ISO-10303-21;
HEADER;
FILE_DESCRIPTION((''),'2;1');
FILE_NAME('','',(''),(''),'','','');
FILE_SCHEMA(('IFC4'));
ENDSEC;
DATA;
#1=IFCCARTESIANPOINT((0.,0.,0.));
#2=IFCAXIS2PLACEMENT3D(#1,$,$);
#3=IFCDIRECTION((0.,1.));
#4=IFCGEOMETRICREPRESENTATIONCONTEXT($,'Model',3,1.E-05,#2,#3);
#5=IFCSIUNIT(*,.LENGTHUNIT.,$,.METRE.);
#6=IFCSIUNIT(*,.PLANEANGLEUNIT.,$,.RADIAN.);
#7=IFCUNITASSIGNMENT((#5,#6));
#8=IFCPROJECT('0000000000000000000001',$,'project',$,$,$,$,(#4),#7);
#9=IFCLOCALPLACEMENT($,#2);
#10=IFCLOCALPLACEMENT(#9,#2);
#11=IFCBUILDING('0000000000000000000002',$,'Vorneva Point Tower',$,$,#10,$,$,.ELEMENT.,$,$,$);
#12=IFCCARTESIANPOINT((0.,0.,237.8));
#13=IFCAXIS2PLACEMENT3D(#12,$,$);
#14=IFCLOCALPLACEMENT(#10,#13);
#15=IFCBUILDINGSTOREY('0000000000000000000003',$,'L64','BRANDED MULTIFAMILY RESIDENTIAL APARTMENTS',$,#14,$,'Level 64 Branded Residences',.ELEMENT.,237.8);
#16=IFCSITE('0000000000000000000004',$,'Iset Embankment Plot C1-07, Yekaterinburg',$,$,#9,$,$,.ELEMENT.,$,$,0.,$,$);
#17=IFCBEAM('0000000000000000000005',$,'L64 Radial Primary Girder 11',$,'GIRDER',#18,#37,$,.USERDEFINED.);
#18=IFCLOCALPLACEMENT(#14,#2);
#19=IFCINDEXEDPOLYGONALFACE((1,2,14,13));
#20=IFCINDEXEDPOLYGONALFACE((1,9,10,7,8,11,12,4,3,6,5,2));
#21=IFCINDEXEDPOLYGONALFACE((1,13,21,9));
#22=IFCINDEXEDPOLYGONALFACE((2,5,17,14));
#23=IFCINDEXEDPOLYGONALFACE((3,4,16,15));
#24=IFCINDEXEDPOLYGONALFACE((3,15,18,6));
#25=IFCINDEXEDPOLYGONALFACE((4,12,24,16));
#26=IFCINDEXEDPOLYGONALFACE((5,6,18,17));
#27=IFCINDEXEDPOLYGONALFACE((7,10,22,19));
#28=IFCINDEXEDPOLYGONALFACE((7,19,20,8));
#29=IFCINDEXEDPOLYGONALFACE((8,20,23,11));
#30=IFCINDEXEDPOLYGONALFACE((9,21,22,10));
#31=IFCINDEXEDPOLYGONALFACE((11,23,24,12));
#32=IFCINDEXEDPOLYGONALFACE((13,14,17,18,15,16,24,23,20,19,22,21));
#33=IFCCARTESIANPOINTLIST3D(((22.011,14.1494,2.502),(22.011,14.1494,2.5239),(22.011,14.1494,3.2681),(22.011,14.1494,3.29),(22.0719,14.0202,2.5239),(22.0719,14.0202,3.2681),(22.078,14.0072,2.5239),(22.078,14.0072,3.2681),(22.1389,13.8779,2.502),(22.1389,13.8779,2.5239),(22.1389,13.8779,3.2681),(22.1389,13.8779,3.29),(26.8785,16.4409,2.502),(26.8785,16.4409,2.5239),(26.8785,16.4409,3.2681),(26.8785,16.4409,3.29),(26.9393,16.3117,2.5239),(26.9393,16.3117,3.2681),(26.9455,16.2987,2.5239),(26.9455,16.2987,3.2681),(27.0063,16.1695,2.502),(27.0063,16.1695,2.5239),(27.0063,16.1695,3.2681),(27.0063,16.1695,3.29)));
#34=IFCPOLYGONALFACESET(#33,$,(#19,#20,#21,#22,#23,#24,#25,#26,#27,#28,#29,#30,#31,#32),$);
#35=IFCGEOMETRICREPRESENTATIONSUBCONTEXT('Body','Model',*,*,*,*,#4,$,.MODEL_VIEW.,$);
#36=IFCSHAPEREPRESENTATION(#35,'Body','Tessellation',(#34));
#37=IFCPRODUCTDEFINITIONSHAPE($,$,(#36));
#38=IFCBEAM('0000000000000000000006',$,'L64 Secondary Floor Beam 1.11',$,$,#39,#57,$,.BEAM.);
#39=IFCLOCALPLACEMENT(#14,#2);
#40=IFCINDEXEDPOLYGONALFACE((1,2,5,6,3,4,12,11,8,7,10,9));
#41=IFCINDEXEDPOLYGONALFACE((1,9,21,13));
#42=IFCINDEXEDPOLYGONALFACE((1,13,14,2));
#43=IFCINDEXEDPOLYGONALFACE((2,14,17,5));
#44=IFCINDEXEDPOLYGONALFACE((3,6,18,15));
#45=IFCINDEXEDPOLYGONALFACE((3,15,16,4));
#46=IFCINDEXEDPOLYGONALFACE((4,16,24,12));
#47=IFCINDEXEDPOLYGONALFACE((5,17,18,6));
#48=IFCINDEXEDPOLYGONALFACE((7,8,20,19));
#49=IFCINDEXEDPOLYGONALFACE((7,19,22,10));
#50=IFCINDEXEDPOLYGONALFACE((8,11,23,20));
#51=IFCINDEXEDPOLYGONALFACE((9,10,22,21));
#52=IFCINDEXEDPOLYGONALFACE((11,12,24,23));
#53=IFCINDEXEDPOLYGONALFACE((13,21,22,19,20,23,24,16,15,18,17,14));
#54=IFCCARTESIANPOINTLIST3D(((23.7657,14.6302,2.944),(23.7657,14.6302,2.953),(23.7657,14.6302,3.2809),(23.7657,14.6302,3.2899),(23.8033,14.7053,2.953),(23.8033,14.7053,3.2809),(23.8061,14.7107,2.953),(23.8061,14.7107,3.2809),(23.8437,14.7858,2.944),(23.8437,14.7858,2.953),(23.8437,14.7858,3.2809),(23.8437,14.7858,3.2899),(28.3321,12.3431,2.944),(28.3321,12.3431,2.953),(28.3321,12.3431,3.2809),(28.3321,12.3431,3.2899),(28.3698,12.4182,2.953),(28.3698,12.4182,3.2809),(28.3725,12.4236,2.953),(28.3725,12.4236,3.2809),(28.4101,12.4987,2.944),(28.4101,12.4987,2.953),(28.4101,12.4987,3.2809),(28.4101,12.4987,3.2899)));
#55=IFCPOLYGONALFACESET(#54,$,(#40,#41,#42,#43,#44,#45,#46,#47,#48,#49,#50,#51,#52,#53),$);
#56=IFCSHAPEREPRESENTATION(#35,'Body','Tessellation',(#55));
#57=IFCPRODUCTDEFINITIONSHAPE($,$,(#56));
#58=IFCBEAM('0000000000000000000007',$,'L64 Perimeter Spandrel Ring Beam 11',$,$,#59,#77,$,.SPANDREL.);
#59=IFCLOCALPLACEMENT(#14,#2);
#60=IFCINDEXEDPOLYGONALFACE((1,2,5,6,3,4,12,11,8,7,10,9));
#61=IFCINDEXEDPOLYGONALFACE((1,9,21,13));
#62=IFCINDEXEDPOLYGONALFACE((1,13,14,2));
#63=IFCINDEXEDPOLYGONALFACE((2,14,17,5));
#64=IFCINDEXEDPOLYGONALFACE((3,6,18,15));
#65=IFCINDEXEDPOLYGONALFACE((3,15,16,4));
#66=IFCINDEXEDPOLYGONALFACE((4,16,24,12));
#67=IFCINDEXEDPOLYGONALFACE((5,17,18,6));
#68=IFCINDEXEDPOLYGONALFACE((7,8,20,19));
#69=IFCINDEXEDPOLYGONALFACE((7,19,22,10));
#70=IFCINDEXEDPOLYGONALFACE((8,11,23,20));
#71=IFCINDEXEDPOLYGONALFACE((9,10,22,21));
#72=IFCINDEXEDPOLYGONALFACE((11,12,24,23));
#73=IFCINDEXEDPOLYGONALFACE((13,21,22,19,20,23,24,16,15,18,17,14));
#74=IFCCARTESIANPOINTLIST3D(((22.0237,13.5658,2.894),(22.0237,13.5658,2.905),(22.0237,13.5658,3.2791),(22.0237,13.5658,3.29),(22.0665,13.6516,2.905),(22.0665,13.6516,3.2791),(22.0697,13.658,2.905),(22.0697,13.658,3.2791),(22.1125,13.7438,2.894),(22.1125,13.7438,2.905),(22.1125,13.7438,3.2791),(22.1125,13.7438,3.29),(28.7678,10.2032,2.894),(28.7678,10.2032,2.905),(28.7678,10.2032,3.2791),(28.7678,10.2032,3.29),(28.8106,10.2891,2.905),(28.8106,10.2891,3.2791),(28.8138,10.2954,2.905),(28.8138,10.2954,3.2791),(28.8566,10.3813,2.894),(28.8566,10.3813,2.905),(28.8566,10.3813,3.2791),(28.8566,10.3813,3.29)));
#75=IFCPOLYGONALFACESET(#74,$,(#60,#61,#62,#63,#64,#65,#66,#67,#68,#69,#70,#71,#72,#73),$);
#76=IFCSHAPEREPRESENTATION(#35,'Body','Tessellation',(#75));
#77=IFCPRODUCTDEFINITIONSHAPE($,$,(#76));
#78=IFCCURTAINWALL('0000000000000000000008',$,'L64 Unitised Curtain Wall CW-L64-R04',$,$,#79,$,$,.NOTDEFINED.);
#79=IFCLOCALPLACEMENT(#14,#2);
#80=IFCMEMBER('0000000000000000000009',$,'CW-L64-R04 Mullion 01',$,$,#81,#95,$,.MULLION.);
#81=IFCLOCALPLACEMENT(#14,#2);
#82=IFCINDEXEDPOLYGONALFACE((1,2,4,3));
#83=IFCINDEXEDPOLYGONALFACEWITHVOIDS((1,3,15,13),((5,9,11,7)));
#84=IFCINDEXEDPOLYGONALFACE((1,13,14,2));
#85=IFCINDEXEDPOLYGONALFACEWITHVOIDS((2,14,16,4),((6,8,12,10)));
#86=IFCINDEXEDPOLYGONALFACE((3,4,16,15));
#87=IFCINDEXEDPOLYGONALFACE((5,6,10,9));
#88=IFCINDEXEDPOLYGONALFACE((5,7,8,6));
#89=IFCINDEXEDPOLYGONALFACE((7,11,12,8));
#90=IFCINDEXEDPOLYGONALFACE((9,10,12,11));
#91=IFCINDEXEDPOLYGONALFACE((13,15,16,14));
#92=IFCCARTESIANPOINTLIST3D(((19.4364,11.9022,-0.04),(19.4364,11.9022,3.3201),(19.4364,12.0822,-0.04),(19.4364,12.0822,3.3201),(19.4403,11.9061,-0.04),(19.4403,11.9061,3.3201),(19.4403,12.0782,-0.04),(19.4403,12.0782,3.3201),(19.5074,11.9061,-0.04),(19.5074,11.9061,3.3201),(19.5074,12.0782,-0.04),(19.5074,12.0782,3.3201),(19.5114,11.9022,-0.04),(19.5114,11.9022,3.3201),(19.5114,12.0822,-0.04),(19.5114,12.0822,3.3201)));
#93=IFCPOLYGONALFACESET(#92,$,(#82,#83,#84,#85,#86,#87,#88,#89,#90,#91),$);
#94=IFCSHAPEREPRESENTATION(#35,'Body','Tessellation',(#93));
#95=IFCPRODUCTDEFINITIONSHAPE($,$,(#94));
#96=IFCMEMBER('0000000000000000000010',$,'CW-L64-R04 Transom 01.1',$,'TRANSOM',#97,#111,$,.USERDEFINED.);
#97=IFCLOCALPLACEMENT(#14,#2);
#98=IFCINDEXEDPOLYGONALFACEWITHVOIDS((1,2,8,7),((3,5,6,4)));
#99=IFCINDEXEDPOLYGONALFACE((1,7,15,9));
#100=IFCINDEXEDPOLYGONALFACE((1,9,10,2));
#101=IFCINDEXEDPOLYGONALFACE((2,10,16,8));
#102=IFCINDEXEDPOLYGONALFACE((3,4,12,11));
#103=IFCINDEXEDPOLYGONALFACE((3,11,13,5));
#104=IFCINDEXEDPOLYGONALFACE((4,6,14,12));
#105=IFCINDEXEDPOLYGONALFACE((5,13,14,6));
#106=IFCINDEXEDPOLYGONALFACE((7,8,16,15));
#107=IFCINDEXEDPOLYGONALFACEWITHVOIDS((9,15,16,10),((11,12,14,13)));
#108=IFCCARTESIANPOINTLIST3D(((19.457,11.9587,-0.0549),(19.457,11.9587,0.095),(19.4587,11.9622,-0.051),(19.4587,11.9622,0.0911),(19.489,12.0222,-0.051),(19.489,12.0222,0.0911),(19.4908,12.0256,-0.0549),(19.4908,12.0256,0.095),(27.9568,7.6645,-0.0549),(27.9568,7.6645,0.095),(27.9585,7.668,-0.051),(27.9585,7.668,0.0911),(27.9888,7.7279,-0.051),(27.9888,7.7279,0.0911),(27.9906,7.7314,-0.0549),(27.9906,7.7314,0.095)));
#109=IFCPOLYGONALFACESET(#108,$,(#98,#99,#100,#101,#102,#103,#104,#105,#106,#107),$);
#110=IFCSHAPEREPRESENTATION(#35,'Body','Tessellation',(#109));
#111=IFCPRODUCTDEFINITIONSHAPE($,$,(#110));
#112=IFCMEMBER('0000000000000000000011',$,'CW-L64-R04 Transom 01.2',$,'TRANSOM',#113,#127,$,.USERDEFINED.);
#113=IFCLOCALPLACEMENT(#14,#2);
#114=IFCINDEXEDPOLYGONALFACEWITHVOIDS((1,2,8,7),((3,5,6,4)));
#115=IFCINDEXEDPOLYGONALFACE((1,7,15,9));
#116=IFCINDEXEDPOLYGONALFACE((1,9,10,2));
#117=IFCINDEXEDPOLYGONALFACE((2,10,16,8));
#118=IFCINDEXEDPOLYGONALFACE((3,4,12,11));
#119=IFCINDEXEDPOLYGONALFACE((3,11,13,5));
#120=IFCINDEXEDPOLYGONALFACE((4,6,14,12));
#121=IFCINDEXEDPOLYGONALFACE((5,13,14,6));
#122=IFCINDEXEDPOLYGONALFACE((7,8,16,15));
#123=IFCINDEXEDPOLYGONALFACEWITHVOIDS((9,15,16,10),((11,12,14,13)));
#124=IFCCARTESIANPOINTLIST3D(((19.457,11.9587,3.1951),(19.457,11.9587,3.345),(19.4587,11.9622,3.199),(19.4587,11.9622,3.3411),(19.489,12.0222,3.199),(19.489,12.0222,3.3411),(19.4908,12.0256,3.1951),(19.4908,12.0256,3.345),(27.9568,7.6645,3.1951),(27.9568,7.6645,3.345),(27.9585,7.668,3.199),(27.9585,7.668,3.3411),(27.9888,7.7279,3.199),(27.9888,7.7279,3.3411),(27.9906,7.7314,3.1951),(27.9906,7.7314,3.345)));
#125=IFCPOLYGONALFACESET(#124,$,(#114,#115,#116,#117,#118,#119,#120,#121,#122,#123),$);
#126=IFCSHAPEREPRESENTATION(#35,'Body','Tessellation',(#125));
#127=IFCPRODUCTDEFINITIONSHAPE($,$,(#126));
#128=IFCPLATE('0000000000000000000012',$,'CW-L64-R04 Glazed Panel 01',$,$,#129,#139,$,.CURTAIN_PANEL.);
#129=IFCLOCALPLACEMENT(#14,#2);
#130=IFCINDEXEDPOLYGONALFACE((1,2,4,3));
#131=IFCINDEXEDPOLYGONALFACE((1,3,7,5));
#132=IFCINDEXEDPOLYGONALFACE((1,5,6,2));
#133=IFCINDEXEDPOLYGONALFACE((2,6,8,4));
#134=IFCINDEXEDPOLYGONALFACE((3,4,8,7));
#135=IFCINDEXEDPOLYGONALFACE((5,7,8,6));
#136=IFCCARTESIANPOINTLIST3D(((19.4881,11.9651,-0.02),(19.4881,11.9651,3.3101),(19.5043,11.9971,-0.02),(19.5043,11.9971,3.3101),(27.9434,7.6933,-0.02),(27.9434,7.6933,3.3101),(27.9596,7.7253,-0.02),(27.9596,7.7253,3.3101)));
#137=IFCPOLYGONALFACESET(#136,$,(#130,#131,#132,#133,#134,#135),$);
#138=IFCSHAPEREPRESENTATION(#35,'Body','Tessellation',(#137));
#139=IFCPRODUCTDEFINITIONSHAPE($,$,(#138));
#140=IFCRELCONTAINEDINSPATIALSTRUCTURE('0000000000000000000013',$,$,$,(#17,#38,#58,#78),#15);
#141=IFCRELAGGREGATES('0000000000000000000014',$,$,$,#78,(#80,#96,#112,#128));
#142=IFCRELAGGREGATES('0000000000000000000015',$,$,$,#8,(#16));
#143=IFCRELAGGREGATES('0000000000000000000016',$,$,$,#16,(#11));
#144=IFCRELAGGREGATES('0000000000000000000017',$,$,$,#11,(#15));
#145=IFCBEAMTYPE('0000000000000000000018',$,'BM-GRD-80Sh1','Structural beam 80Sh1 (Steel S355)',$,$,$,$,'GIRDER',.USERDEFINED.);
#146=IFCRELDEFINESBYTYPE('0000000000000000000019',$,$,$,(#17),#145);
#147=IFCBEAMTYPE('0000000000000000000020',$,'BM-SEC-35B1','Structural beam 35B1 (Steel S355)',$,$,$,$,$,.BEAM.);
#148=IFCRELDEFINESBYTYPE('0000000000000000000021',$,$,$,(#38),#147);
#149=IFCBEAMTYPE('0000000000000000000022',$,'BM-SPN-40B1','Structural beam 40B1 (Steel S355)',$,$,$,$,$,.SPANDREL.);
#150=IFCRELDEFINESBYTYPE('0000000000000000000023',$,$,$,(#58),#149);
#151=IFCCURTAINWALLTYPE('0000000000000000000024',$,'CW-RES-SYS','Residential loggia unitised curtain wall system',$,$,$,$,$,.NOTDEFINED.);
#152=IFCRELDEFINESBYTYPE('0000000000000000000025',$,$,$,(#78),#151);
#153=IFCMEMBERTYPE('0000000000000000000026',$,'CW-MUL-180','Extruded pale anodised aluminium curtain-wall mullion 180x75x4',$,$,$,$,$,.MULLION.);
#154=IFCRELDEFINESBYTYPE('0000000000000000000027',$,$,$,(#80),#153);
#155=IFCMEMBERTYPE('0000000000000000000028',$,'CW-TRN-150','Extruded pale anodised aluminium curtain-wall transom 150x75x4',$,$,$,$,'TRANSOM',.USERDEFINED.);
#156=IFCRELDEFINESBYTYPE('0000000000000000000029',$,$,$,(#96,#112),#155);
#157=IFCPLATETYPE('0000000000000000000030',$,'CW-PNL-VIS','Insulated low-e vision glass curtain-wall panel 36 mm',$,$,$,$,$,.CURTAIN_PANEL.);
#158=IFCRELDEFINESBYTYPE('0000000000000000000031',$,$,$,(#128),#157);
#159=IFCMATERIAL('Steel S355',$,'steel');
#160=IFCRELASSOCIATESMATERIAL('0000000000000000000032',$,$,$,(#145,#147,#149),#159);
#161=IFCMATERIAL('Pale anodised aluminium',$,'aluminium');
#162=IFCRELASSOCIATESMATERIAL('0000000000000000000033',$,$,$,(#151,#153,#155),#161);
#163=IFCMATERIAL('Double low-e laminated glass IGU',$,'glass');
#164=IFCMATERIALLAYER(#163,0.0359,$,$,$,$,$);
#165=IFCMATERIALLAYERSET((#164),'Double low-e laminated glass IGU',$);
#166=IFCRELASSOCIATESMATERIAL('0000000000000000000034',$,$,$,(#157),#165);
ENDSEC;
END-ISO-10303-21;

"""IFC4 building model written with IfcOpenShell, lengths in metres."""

from ifc_helpers import new_model, si_unit, direction, frame, origin, origin_2d, place, context, subcontext, project, spatial, rectangle, hollow_rectangle, i_section, extrude, material, layer, layer_set, material_profile, profile_set, type_object, element, aggregate, save


model = new_model("IFC4")

# Units and contexts
model_context = context("Model", 3, precision=1e-05, world=origin(), true_north=direction((0.0, 1.0)))
body_context = subcontext(model_context, "Body", "Model", "MODEL_VIEW")
ifc_project = project(units=[si_unit("LENGTHUNIT", "METRE"), si_unit("PLANEANGLEUNIT", "RADIAN")], contexts=[model_context])

# Site, building, storey
site_placement = place(None, origin())
site = spatial("IfcSite", under=ifc_project, at=site_placement, Name="Iset Embankment Plot C1-07, Yekaterinburg", CompositionType="ELEMENT", RefElevation=0.0)
building_placement = place(site_placement, origin())
building = spatial("IfcBuilding", under=site, at=building_placement, Name="Vorneva Point Tower", CompositionType="ELEMENT")
storey_placement = place(building_placement, frame((0.0, 0.0, 237.8)))
storey = spatial("IfcBuildingStorey", under=building, at=storey_placement, Name="L64", Description="BRANDED MULTIFAMILY RESIDENTIAL APARTMENTS", LongName="Level 64 Branded Residences", CompositionType="ELEMENT", Elevation=237.8)

# Beams
ifc_material_1 = material(Name="Steel S355", Category="steel")
ifc_material_profile_1 = material_profile(ifc_material_1, i_section(OverallWidth=0.3, OverallDepth=0.7881, WebThickness=0.0144, FlangeThickness=0.022, at=origin_2d()), Name="80Sh1")
ifc_profile_set_1 = profile_set([ifc_material_profile_1], Name="Steel S355")
beam_type_1 = type_object("IfcBeamType", Name="BM-GRD-80Sh1", Description="Structural beam 80Sh1 (Steel S355)", ElementType="GIRDER", PredefinedType="USERDEFINED", material=ifc_profile_set_1)
beam_1_placement = place(storey_placement, frame((22.075, 14.0137, 2.896), z_axis=(0.904751, 0.425941, 0.0), x_axis=(-0.425941, 0.904751, 0.0)))
element("IfcBeam", 1, at=beam_1_placement, inside=storey, type_object=beam_type_1, Name="L64 Radial Primary Girder 11", ObjectType="GIRDER", PredefinedType="USERDEFINED", context=body_context, shape_type="SweptSolid", body=[
    extrude(i_section(OverallWidth=0.3, OverallDepth=0.7881, WebThickness=0.0144, FlangeThickness=0.022, at=origin_2d()), origin(), (0.0, 0.0, 1.0), 5.3799),
])
ifc_material_profile_2 = material_profile(ifc_material_1, i_section(OverallWidth=0.1741, OverallDepth=0.3459, WebThickness=0.0061, FlangeThickness=0.009, at=origin_2d()), Name="35B1")
ifc_profile_set_2 = profile_set([ifc_material_profile_2], Name="Steel S355")
beam_type_2 = type_object("IfcBeamType", Name="BM-SEC-35B1", Description="Structural beam 35B1 (Steel S355)", PredefinedType="BEAM", material=ifc_profile_set_2)
beam_2_placement = place(storey_placement, frame((23.8047, 14.708, 3.1169), z_axis=(0.894121, -0.447825, 0.0), x_axis=(0.447825, 0.894121, 0.0)))
element("IfcBeam", 2, at=beam_2_placement, inside=storey, type_object=beam_type_2, Name="L64 Secondary Floor Beam 1.11", PredefinedType="BEAM", context=body_context, shape_type="SweptSolid", body=[
    extrude(i_section(OverallWidth=0.1741, OverallDepth=0.3459, WebThickness=0.0061, FlangeThickness=0.009, at=origin_2d()), origin(), (0.0, 0.0, 1.0), 5.1072),
])
ifc_material_profile_3 = material_profile(ifc_material_1, i_section(OverallWidth=0.199, OverallDepth=0.396, WebThickness=0.0071, FlangeThickness=0.011, at=origin_2d()), Name="40B1")
ifc_profile_set_3 = profile_set([ifc_material_profile_3], Name="Steel S355")
beam_type_3 = type_object("IfcBeamType", Name="BM-SPN-40B1", Description="Structural beam 40B1 (Steel S355)", PredefinedType="SPANDREL", material=ifc_profile_set_3)
beam_3_placement = place(storey_placement, frame((22.0681, 13.6548, 3.092), z_axis=(0.894932, -0.446203, 0.0), x_axis=(0.446203, 0.894932, 0.0)))
element("IfcBeam", 3, at=beam_3_placement, inside=storey, type_object=beam_type_3, Name="L64 Perimeter Spandrel Ring Beam 11", PredefinedType="SPANDREL", context=body_context, shape_type="SweptSolid", body=[
    extrude(i_section(OverallWidth=0.199, OverallDepth=0.396, WebThickness=0.0071, FlangeThickness=0.011, at=origin_2d()), origin(), (0.0, 0.0, 1.0), 7.5359),
])

# Curtain wall, members, plate
ifc_material_2 = material(Name="Pale anodised aluminium", Category="aluminium")
curtain_wall_type = type_object("IfcCurtainWallType", Name="CW-RES-SYS", Description="Residential loggia unitised curtain wall system", PredefinedType="NOTDEFINED", material=ifc_material_2)
curtain_wall_placement = place(storey_placement, origin())
curtain_wall = element("IfcCurtainWall", 4, at=curtain_wall_placement, inside=storey, type_object=curtain_wall_type, Name="L64 Unitised Curtain Wall CW-L64-R04", PredefinedType="NOTDEFINED")
ifc_material_profile_4 = material_profile(ifc_material_2, hollow_rectangle(XDim=0.075, YDim=0.1799, WallThickness=0.0039, at=origin_2d()), Name="AL-MUL 180x75x4")
ifc_profile_set_4 = profile_set([ifc_material_profile_4], Name="Pale anodised aluminium")
member_type_1 = type_object("IfcMemberType", Name="CW-MUL-180", Description="Extruded pale anodised aluminium curtain-wall mullion 180x75x4", PredefinedType="MULLION", material=ifc_profile_set_4)
member_1_placement = place(storey_placement, frame((19.4739, 11.9922, -0.04), z_axis=(0.0, 0.0, 1.0), x_axis=(1.0, 0.0, 0.0)))
member_1 = element("IfcMember", 5, at=member_1_placement, type_object=member_type_1, Name="CW-L64-R04 Mullion 01", PredefinedType="MULLION", context=body_context, shape_type="SweptSolid", body=[
    extrude(hollow_rectangle(XDim=0.075, YDim=0.1799, WallThickness=0.0039, at=origin_2d()), origin(), (0.0, 0.0, 1.0), 3.3601),
])
ifc_material_profile_5 = material_profile(ifc_material_2, hollow_rectangle(XDim=0.075, YDim=0.1499, WallThickness=0.0039, at=origin_2d()), Name="AL-TRN 150x75x4")
ifc_profile_set_5 = profile_set([ifc_material_profile_5], Name="Pale anodised aluminium")
member_type_2 = type_object("IfcMemberType", Name="CW-TRN-150", Description="Extruded pale anodised aluminium curtain-wall transom 150x75x4", ElementType="TRANSOM", PredefinedType="USERDEFINED", material=ifc_profile_set_5)
member_2_placement = place(storey_placement, frame((19.4739, 11.9922, 0.02), z_axis=(0.892558, -0.450932, 0.0), x_axis=(0.450932, 0.892558, 0.0)))
member_2 = element("IfcMember", 6, at=member_2_placement, type_object=member_type_2, Name="CW-L64-R04 Transom 01.1", ObjectType="TRANSOM", PredefinedType="USERDEFINED", context=body_context, shape_type="SweptSolid", body=[
    extrude(hollow_rectangle(XDim=0.075, YDim=0.1499, WallThickness=0.0039, at=origin_2d()), origin(), (0.0, 0.0, 1.0), 9.5229),
])
member_3_placement = place(storey_placement, frame((19.4739, 11.9922, 3.27), z_axis=(0.892558, -0.450932, 0.0), x_axis=(0.450932, 0.892558, 0.0)))
member_3 = element("IfcMember", 7, at=member_3_placement, type_object=member_type_2, Name="CW-L64-R04 Transom 01.2", ObjectType="TRANSOM", PredefinedType="USERDEFINED", context=body_context, shape_type="SweptSolid", body=[
    extrude(hollow_rectangle(XDim=0.075, YDim=0.1499, WallThickness=0.0039, at=origin_2d()), origin(), (0.0, 0.0, 1.0), 9.5229),
])
ifc_material_3 = material(Name="Double low-e laminated glass IGU", Category="glass")
ifc_layer_1 = layer(ifc_material_3, 0.0359)
ifc_layer_set_1 = layer_set([ifc_layer_1], Name="Double low-e laminated glass IGU")
plate_type = type_object("IfcPlateType", Name="CW-PNL-VIS", Description="Insulated low-e vision glass curtain-wall panel 36 mm", PredefinedType="CURTAIN_PANEL", material=ifc_layer_set_1)
plate_placement = place(storey_placement, frame((23.7239, 9.8452, -0.02), z_axis=(0.0, 0.0, 1.0), x_axis=(0.892554, -0.45094, 0.0)))
plate = element("IfcPlate", 8, at=plate_placement, type_object=plate_type, Name="CW-L64-R04 Glazed Panel 01", PredefinedType="CURTAIN_PANEL", context=body_context, shape_type="SweptSolid", body=[
    extrude(rectangle(XDim=9.4731, YDim=0.0359, at=origin_2d()), origin(), (0.0, 0.0, 1.0), 3.3301),
])
aggregate(curtain_wall, [member_1, member_2, member_3, plate])

save(model, "model.ifc")
